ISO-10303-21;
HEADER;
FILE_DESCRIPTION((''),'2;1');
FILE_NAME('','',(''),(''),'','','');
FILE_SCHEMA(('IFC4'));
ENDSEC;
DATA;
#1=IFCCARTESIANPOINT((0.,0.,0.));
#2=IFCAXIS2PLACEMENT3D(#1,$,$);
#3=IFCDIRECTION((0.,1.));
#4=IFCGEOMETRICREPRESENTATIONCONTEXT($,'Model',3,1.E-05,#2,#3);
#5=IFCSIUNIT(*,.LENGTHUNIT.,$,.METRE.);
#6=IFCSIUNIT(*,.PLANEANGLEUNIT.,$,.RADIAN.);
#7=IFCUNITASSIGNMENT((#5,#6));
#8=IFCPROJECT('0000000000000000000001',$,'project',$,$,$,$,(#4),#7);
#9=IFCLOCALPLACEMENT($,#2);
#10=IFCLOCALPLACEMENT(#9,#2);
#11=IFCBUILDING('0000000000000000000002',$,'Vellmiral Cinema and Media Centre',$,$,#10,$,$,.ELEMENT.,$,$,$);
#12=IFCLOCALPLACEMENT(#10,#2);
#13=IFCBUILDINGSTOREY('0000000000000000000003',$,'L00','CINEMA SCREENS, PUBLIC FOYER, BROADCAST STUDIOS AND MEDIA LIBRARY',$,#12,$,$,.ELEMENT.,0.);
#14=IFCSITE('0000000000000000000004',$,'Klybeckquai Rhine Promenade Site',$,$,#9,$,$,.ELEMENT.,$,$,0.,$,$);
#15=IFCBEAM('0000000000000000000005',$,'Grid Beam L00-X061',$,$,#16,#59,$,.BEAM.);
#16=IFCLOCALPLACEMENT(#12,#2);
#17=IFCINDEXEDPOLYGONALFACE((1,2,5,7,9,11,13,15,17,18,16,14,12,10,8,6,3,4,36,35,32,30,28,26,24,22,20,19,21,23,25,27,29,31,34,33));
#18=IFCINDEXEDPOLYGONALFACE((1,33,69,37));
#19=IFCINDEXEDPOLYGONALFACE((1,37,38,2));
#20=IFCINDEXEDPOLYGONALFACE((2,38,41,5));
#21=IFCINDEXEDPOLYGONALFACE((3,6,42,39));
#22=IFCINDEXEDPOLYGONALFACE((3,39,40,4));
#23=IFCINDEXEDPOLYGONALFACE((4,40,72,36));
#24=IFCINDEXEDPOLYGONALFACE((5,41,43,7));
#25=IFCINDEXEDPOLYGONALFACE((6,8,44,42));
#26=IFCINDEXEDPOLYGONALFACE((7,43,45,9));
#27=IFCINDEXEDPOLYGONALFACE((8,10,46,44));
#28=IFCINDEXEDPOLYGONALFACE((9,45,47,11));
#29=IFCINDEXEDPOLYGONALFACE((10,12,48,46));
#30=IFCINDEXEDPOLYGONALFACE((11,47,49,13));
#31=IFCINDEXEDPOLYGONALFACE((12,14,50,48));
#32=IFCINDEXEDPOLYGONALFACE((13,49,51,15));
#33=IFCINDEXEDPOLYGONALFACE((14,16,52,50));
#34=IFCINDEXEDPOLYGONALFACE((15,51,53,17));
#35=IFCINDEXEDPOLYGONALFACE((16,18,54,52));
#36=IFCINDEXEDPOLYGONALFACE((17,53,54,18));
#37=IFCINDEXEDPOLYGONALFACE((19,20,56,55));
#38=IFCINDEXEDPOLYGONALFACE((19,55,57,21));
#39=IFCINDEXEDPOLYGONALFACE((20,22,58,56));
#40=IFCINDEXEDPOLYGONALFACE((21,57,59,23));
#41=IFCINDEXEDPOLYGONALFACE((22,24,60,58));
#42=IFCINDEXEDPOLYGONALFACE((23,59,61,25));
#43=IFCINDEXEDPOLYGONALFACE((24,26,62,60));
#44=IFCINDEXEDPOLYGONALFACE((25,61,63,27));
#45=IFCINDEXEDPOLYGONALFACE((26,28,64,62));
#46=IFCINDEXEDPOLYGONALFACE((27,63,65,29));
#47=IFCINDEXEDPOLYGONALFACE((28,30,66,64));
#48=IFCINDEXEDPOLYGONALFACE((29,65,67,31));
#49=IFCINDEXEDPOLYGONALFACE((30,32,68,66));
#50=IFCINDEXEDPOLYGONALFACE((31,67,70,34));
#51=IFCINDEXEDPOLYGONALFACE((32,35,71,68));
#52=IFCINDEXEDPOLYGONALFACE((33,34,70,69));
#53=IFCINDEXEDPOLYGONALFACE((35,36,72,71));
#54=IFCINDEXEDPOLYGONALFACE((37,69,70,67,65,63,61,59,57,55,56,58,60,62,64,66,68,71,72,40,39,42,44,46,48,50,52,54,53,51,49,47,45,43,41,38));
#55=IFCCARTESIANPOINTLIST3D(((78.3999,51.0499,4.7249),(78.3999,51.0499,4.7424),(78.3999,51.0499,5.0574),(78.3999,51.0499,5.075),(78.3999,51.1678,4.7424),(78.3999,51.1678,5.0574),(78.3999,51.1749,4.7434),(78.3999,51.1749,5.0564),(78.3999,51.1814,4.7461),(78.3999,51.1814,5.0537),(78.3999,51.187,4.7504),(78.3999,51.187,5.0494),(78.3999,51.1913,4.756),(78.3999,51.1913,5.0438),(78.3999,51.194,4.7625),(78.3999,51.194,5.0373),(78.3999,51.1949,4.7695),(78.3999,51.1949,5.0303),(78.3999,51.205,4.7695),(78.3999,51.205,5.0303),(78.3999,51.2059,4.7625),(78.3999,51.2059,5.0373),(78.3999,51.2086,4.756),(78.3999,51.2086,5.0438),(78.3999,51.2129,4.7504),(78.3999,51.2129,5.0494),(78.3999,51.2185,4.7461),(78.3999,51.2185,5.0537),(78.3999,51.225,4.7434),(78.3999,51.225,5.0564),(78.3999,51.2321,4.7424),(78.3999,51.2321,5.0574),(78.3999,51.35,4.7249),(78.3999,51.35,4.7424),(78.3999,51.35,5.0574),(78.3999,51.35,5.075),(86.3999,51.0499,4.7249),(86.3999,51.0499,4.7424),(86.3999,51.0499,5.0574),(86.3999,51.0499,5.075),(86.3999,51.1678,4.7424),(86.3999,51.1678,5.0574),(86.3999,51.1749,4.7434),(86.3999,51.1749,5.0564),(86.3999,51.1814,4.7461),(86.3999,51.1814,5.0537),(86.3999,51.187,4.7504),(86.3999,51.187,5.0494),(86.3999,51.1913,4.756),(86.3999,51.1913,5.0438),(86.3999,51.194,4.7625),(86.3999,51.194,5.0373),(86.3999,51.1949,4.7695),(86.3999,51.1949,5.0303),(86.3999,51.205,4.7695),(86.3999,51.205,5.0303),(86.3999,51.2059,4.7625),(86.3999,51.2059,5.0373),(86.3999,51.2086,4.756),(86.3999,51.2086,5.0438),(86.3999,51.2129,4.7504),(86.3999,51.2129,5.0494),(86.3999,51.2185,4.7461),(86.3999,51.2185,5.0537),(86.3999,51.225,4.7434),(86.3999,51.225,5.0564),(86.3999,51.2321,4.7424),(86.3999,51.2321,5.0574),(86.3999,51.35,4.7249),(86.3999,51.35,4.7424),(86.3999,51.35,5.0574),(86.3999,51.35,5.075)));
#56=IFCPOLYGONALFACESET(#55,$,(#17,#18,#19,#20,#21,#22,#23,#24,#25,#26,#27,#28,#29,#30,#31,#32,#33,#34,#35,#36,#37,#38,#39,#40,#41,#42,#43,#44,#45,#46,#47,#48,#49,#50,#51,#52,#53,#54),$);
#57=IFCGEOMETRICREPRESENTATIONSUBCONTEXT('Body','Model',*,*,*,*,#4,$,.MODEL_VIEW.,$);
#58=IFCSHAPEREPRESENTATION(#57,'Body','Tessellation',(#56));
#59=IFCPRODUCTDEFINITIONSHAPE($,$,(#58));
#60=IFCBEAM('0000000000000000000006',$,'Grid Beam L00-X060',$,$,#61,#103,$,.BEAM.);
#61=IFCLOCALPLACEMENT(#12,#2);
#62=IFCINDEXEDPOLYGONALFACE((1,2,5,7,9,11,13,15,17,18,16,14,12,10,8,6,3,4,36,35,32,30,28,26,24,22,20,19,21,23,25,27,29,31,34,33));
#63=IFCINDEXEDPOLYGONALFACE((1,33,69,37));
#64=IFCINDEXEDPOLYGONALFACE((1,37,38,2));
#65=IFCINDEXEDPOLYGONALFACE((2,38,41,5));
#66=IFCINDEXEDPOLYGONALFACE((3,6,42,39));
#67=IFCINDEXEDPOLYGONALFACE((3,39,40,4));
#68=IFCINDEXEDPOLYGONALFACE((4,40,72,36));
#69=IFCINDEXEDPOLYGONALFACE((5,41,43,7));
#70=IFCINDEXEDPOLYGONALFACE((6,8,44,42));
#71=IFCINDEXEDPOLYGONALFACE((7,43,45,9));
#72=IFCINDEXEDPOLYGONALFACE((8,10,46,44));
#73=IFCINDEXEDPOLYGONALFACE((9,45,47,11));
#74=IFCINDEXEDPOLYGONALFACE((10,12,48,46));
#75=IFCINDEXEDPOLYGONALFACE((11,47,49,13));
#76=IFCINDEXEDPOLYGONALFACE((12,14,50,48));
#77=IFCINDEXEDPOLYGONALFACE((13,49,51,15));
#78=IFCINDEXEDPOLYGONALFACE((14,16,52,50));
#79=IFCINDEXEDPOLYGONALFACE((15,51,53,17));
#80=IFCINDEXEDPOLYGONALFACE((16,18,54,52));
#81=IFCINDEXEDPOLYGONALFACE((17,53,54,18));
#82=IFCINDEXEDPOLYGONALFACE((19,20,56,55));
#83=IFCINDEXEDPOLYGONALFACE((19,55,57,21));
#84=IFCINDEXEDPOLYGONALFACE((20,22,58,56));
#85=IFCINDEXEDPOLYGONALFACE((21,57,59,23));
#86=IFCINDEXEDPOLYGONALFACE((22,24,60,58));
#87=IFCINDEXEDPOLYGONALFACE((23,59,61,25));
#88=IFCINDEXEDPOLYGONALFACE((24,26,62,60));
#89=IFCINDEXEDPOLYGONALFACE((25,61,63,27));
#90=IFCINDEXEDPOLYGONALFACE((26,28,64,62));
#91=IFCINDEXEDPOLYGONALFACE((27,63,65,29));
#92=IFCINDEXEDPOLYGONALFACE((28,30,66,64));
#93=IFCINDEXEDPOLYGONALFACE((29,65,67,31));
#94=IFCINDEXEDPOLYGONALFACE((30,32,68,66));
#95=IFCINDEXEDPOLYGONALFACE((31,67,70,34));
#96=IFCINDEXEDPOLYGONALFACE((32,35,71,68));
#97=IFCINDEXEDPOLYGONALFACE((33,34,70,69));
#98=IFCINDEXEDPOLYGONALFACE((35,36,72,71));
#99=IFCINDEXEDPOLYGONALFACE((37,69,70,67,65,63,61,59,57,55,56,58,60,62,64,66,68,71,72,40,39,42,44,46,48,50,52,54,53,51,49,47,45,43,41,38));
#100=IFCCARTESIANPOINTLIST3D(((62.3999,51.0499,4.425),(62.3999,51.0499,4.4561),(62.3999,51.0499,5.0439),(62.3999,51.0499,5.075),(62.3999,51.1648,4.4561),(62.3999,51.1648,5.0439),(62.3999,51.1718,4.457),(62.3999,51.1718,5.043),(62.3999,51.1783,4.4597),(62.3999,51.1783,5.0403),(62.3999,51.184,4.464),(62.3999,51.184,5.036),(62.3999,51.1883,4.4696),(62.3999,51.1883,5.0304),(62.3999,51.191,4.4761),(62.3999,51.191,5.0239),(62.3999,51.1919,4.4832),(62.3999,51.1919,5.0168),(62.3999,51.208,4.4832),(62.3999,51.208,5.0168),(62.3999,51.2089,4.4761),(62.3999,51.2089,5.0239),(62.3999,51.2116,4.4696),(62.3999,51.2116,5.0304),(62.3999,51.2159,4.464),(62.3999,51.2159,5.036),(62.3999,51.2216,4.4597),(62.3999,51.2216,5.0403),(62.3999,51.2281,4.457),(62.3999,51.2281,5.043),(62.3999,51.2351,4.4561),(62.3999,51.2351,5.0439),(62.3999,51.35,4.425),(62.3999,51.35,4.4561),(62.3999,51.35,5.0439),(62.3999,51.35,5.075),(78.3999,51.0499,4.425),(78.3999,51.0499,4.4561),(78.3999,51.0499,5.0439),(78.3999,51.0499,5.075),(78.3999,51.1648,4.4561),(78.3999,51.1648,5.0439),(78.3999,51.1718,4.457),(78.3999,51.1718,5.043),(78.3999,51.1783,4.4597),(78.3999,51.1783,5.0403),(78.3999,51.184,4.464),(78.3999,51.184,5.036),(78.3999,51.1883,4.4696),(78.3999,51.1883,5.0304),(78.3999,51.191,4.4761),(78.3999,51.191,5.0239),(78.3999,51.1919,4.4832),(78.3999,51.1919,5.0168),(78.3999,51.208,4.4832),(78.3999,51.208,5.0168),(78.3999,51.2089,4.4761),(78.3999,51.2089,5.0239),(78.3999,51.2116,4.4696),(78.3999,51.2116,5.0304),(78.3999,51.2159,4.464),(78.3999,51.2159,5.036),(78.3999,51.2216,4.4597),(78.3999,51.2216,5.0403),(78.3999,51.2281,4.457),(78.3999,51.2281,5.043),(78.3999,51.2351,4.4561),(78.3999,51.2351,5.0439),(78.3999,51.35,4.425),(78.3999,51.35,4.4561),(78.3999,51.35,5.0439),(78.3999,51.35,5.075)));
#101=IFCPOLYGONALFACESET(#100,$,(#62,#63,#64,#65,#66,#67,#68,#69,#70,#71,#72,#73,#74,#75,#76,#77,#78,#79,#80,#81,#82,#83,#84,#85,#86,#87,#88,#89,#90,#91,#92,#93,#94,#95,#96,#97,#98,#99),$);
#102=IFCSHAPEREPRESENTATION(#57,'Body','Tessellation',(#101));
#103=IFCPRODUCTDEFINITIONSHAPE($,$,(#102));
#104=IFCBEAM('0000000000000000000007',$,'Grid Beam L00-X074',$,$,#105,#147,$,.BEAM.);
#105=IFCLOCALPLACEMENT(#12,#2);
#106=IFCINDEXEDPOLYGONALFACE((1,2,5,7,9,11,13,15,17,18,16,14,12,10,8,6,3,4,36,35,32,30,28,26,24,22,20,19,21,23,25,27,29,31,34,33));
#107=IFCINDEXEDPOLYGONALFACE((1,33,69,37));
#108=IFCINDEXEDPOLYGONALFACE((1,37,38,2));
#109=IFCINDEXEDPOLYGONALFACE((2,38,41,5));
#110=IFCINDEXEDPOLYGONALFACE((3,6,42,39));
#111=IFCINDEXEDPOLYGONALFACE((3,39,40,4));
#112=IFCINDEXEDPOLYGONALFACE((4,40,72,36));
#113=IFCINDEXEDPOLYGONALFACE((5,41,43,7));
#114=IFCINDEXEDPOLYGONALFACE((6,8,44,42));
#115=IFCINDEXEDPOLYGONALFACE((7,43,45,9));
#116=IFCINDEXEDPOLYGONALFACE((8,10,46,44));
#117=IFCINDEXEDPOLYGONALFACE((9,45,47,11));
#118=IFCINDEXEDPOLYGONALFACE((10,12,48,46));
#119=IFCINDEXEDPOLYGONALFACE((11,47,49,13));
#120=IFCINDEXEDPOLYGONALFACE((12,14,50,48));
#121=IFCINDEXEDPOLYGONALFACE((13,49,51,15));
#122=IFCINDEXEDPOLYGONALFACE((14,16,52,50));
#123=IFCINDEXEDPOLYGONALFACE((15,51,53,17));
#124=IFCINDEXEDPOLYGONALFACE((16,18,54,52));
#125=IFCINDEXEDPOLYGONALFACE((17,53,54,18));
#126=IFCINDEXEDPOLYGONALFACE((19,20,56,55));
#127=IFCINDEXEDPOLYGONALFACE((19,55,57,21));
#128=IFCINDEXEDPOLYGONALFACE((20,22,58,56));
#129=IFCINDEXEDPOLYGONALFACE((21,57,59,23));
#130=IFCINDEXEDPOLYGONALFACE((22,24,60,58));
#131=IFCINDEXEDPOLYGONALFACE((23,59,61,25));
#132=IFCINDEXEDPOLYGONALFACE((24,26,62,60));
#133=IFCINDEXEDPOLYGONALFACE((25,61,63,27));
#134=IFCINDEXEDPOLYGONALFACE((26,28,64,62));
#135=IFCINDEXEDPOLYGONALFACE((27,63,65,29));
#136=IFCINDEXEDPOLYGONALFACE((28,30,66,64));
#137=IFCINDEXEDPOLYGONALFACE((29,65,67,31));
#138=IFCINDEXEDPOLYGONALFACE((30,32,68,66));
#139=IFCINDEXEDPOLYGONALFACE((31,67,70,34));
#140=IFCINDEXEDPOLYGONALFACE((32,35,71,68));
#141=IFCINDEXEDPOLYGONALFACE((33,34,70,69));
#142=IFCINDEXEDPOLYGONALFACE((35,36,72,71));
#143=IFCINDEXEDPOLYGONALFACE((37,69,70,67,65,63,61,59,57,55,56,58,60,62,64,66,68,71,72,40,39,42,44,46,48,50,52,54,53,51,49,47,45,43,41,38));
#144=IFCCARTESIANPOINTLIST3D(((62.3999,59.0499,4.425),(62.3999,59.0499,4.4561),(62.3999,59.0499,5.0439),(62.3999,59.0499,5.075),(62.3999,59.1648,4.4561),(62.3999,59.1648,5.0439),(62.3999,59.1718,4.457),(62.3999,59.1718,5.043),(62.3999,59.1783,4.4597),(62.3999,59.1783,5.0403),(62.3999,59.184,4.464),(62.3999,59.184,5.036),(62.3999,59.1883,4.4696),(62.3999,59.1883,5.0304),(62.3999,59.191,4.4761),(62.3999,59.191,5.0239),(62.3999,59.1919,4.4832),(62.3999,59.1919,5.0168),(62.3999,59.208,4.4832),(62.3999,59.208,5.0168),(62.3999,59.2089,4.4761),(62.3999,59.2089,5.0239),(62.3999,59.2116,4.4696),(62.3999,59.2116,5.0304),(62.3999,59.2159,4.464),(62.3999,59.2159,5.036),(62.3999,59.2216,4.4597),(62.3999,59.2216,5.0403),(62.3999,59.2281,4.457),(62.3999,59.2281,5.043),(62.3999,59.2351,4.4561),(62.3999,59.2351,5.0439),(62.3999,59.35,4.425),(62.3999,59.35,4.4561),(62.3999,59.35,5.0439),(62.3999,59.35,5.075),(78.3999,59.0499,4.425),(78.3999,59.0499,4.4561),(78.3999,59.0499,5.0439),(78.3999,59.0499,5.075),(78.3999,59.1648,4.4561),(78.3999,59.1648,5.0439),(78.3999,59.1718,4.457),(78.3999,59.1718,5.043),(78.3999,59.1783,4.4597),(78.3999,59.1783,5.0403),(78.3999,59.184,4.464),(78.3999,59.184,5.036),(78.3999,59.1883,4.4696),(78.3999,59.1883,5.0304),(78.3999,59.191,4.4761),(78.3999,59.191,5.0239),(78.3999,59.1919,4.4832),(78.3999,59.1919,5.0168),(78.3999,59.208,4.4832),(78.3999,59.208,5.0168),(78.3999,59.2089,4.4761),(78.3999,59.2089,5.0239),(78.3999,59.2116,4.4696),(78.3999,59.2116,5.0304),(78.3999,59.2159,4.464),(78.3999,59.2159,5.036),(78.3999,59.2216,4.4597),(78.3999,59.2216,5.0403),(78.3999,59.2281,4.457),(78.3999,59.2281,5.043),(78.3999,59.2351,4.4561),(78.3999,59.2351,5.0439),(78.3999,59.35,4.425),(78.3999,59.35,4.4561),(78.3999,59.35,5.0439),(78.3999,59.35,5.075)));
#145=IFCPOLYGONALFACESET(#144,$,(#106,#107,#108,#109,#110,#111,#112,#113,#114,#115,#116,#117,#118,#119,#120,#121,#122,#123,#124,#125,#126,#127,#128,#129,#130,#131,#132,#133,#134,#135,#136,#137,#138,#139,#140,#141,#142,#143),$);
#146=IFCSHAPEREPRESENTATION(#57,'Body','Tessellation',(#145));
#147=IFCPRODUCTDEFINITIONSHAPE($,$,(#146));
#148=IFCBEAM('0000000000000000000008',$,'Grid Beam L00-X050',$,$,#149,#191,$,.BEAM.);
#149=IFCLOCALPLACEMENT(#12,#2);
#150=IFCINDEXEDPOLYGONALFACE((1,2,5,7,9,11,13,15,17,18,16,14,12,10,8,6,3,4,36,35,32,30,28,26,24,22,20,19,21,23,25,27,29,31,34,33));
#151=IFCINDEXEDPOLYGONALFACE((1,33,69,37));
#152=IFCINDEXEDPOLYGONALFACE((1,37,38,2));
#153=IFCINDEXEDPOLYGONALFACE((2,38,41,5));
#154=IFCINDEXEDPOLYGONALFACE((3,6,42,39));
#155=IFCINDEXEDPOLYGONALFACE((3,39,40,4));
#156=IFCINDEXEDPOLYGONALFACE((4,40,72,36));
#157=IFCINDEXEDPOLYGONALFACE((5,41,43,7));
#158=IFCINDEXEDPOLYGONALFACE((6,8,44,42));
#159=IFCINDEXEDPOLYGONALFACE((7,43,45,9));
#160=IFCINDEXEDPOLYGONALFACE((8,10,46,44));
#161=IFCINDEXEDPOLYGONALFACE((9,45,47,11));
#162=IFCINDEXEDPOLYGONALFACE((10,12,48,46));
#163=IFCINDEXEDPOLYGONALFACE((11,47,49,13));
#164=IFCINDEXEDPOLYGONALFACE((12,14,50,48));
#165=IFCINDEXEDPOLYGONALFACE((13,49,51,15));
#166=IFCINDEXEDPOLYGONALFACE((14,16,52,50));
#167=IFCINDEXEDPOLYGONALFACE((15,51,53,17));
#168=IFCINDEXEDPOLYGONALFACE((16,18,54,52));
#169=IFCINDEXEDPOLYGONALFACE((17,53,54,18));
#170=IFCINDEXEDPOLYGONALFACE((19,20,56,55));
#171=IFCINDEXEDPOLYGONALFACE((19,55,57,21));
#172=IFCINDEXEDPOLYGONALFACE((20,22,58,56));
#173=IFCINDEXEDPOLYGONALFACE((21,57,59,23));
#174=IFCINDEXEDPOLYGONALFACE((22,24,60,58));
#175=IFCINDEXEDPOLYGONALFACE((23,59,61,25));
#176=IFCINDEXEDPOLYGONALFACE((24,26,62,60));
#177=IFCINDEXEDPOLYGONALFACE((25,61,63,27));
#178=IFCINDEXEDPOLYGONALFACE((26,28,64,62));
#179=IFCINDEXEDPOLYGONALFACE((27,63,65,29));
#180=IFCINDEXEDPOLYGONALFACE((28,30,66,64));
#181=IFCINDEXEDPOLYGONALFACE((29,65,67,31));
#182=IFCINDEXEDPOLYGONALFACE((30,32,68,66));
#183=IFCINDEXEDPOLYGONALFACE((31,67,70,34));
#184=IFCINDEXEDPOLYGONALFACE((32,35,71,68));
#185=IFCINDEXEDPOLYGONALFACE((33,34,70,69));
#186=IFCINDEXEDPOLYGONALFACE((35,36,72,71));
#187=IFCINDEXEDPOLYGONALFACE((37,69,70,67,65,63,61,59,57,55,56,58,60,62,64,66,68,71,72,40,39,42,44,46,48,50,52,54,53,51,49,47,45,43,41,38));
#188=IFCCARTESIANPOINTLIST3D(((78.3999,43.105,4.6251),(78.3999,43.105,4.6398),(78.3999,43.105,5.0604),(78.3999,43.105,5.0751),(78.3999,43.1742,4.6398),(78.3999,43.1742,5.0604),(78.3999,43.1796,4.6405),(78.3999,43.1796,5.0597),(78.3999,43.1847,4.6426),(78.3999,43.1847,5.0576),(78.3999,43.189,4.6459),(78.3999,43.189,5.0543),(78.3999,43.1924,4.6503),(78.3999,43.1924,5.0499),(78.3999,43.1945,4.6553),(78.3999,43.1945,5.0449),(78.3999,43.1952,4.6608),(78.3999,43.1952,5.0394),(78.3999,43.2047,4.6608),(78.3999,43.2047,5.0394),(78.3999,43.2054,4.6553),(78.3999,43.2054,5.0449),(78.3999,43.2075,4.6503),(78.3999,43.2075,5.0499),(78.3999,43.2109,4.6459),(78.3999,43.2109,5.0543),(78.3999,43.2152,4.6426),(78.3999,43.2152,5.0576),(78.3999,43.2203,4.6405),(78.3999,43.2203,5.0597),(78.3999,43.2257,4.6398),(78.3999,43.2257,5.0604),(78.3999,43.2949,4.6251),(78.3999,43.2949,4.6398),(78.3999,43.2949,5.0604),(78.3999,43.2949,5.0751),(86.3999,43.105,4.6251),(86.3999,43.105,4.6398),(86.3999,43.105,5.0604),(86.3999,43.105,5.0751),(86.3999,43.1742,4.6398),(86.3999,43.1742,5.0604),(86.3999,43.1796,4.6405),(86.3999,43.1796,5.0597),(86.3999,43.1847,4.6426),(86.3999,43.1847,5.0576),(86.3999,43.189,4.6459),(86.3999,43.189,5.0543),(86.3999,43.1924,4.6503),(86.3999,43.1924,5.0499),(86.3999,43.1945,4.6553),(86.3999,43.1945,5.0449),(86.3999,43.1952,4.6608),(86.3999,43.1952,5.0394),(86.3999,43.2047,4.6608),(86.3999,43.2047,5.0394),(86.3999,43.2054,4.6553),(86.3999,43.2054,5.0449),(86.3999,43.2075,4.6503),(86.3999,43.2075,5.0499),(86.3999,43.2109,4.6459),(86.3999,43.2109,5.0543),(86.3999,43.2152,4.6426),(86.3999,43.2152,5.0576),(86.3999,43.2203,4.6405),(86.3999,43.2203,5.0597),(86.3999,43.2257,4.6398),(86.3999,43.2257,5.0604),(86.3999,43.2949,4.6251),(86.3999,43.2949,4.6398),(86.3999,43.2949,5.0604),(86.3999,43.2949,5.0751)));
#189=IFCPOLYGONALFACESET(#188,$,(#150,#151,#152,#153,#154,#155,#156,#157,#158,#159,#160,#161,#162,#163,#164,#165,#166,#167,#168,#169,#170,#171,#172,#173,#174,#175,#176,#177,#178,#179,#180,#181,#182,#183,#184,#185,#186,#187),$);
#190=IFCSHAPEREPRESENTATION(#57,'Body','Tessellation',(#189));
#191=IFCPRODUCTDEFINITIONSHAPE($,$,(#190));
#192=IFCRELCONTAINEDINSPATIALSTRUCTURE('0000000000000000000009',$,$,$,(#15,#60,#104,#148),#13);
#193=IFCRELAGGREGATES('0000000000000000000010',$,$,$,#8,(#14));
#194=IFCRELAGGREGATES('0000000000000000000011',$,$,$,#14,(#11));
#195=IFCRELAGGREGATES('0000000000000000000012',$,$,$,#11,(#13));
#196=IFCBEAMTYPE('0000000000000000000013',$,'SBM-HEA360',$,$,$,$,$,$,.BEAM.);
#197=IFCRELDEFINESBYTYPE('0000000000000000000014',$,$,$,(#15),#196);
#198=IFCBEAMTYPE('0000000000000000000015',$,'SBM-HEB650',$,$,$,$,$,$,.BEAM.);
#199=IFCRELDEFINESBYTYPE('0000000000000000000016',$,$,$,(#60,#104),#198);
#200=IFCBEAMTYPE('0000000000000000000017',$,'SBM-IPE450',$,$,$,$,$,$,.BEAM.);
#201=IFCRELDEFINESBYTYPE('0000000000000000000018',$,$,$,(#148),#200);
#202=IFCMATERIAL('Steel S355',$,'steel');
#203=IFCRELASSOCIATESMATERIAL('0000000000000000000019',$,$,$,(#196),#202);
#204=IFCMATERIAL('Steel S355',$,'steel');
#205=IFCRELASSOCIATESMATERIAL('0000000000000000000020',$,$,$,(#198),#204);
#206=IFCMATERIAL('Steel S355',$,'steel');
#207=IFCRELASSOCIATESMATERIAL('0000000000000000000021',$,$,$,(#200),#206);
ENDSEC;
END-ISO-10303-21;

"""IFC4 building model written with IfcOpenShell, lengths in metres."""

from ifc_helpers import new_model, si_unit, direction, frame, origin, origin_2d, place, context, subcontext, project, spatial, i_section, extrude, material, material_profile, profile_set, type_object, element, save


model = new_model("IFC4")

# Units and contexts
model_context = context("Model", 3, precision=1e-05, world=origin(), true_north=direction((0.0, 1.0)))
body_context = subcontext(model_context, "Body", "Model", "MODEL_VIEW")
ifc_project = project(units=[si_unit("LENGTHUNIT", "METRE"), si_unit("PLANEANGLEUNIT", "RADIAN")], contexts=[model_context])

# Site, building, storey
site_placement = place(None, origin())
site = spatial("IfcSite", under=ifc_project, at=site_placement, Name="Klybeckquai Rhine Promenade Site", CompositionType="ELEMENT", RefElevation=0.0)
building_placement = place(site_placement, origin())
building = spatial("IfcBuilding", under=site, at=building_placement, Name="Vellmiral Cinema and Media Centre", CompositionType="ELEMENT")
storey_placement = place(building_placement, origin())
storey = spatial("IfcBuildingStorey", under=building, at=storey_placement, Name="L00", Description="CINEMA SCREENS, PUBLIC FOYER, BROADCAST STUDIOS AND MEDIA LIBRARY", CompositionType="ELEMENT", Elevation=0.0)

# Beams
ifc_material_1 = material(Name="Steel S355", Category="steel")
ifc_material_profile_1 = material_profile(ifc_material_1, i_section(OverallWidth=0.3, OverallDepth=0.3501, WebThickness=0.01, FlangeThickness=0.0176, FilletRadius=0.0271, at=origin_2d()), Name="HEA 360")
ifc_profile_set_1 = profile_set([ifc_material_profile_1], Name="Steel S355")
beam_type_1 = type_object("IfcBeamType", Name="SBM-HEA360", PredefinedType="BEAM", material=ifc_profile_set_1)
beam_1_placement = place(storey_placement, frame((78.3999, 51.2, 4.8999), z_axis=(1.0, 0.0, 0.0), x_axis=(0.0, 1.0, 0.0)))
element("IfcBeam", 1, at=beam_1_placement, inside=storey, type_object=beam_type_1, Name="Grid Beam L00-X061", PredefinedType="BEAM", context=body_context, shape_type="SweptSolid", body=[
    extrude(i_section(OverallWidth=0.3, OverallDepth=0.3501, WebThickness=0.01, FlangeThickness=0.0176, FilletRadius=0.0271, at=origin_2d()), origin(), (0.0, 0.0, 1.0), 8.0),
])
ifc_material_2 = material(Name="Steel S355", Category="steel")
ifc_material_profile_2 = material_profile(ifc_material_2, i_section(OverallWidth=0.3, OverallDepth=0.6499, WebThickness=0.0161, FlangeThickness=0.031, FilletRadius=0.0271, at=origin_2d()), Name="HEB 650")
ifc_profile_set_2 = profile_set([ifc_material_profile_2], Name="Steel S355")
beam_type_2 = type_object("IfcBeamType", Name="SBM-HEB650", PredefinedType="BEAM", material=ifc_profile_set_2)
for number, where, z_axis, x_axis, name in (
    (2, (62.3999, 51.2, 4.75), (1.0, 0.0, 0.0), (0.0, 1.0, 0.0), "Grid Beam L00-X060"),
    (3, (62.3999, 59.2, 4.75), (1.0, 0.0, 0.0), (0.0, 1.0, 0.0), "Grid Beam L00-X074"),
):
    element("IfcBeam", number, at=place(storey_placement, frame(where, z_axis=z_axis, x_axis=x_axis)), inside=storey, type_object=beam_type_2, Name=name, PredefinedType="BEAM", context=body_context, shape_type="SweptSolid", body=[
        extrude(i_section(OverallWidth=0.3, OverallDepth=0.6499, WebThickness=0.0161, FlangeThickness=0.031, FilletRadius=0.0271, at=origin_2d()), origin(), (0.0, 0.0, 1.0), 16.0),
    ])
ifc_material_3 = material(Name="Steel S355", Category="steel")
ifc_material_profile_3 = material_profile(ifc_material_3, i_section(OverallWidth=0.1899, OverallDepth=0.45, WebThickness=0.0095, FlangeThickness=0.0146, FilletRadius=0.021, at=origin_2d()), Name="IPE 450")
ifc_profile_set_3 = profile_set([ifc_material_profile_3], Name="Steel S355")
beam_type_3 = type_object("IfcBeamType", Name="SBM-IPE450", PredefinedType="BEAM", material=ifc_profile_set_3)
beam_2_placement = place(storey_placement, frame((78.3999, 43.2, 4.8501), z_axis=(1.0, 0.0, 0.0), x_axis=(0.0, 1.0, 0.0)))
element("IfcBeam", 4, at=beam_2_placement, inside=storey, type_object=beam_type_3, Name="Grid Beam L00-X050", PredefinedType="BEAM", context=body_context, shape_type="SweptSolid", body=[
    extrude(i_section(OverallWidth=0.1899, OverallDepth=0.45, WebThickness=0.0095, FlangeThickness=0.0146, FilletRadius=0.021, at=origin_2d()), origin(), (0.0, 0.0, 1.0), 8.0),
])

save(model, "model.ifc")
